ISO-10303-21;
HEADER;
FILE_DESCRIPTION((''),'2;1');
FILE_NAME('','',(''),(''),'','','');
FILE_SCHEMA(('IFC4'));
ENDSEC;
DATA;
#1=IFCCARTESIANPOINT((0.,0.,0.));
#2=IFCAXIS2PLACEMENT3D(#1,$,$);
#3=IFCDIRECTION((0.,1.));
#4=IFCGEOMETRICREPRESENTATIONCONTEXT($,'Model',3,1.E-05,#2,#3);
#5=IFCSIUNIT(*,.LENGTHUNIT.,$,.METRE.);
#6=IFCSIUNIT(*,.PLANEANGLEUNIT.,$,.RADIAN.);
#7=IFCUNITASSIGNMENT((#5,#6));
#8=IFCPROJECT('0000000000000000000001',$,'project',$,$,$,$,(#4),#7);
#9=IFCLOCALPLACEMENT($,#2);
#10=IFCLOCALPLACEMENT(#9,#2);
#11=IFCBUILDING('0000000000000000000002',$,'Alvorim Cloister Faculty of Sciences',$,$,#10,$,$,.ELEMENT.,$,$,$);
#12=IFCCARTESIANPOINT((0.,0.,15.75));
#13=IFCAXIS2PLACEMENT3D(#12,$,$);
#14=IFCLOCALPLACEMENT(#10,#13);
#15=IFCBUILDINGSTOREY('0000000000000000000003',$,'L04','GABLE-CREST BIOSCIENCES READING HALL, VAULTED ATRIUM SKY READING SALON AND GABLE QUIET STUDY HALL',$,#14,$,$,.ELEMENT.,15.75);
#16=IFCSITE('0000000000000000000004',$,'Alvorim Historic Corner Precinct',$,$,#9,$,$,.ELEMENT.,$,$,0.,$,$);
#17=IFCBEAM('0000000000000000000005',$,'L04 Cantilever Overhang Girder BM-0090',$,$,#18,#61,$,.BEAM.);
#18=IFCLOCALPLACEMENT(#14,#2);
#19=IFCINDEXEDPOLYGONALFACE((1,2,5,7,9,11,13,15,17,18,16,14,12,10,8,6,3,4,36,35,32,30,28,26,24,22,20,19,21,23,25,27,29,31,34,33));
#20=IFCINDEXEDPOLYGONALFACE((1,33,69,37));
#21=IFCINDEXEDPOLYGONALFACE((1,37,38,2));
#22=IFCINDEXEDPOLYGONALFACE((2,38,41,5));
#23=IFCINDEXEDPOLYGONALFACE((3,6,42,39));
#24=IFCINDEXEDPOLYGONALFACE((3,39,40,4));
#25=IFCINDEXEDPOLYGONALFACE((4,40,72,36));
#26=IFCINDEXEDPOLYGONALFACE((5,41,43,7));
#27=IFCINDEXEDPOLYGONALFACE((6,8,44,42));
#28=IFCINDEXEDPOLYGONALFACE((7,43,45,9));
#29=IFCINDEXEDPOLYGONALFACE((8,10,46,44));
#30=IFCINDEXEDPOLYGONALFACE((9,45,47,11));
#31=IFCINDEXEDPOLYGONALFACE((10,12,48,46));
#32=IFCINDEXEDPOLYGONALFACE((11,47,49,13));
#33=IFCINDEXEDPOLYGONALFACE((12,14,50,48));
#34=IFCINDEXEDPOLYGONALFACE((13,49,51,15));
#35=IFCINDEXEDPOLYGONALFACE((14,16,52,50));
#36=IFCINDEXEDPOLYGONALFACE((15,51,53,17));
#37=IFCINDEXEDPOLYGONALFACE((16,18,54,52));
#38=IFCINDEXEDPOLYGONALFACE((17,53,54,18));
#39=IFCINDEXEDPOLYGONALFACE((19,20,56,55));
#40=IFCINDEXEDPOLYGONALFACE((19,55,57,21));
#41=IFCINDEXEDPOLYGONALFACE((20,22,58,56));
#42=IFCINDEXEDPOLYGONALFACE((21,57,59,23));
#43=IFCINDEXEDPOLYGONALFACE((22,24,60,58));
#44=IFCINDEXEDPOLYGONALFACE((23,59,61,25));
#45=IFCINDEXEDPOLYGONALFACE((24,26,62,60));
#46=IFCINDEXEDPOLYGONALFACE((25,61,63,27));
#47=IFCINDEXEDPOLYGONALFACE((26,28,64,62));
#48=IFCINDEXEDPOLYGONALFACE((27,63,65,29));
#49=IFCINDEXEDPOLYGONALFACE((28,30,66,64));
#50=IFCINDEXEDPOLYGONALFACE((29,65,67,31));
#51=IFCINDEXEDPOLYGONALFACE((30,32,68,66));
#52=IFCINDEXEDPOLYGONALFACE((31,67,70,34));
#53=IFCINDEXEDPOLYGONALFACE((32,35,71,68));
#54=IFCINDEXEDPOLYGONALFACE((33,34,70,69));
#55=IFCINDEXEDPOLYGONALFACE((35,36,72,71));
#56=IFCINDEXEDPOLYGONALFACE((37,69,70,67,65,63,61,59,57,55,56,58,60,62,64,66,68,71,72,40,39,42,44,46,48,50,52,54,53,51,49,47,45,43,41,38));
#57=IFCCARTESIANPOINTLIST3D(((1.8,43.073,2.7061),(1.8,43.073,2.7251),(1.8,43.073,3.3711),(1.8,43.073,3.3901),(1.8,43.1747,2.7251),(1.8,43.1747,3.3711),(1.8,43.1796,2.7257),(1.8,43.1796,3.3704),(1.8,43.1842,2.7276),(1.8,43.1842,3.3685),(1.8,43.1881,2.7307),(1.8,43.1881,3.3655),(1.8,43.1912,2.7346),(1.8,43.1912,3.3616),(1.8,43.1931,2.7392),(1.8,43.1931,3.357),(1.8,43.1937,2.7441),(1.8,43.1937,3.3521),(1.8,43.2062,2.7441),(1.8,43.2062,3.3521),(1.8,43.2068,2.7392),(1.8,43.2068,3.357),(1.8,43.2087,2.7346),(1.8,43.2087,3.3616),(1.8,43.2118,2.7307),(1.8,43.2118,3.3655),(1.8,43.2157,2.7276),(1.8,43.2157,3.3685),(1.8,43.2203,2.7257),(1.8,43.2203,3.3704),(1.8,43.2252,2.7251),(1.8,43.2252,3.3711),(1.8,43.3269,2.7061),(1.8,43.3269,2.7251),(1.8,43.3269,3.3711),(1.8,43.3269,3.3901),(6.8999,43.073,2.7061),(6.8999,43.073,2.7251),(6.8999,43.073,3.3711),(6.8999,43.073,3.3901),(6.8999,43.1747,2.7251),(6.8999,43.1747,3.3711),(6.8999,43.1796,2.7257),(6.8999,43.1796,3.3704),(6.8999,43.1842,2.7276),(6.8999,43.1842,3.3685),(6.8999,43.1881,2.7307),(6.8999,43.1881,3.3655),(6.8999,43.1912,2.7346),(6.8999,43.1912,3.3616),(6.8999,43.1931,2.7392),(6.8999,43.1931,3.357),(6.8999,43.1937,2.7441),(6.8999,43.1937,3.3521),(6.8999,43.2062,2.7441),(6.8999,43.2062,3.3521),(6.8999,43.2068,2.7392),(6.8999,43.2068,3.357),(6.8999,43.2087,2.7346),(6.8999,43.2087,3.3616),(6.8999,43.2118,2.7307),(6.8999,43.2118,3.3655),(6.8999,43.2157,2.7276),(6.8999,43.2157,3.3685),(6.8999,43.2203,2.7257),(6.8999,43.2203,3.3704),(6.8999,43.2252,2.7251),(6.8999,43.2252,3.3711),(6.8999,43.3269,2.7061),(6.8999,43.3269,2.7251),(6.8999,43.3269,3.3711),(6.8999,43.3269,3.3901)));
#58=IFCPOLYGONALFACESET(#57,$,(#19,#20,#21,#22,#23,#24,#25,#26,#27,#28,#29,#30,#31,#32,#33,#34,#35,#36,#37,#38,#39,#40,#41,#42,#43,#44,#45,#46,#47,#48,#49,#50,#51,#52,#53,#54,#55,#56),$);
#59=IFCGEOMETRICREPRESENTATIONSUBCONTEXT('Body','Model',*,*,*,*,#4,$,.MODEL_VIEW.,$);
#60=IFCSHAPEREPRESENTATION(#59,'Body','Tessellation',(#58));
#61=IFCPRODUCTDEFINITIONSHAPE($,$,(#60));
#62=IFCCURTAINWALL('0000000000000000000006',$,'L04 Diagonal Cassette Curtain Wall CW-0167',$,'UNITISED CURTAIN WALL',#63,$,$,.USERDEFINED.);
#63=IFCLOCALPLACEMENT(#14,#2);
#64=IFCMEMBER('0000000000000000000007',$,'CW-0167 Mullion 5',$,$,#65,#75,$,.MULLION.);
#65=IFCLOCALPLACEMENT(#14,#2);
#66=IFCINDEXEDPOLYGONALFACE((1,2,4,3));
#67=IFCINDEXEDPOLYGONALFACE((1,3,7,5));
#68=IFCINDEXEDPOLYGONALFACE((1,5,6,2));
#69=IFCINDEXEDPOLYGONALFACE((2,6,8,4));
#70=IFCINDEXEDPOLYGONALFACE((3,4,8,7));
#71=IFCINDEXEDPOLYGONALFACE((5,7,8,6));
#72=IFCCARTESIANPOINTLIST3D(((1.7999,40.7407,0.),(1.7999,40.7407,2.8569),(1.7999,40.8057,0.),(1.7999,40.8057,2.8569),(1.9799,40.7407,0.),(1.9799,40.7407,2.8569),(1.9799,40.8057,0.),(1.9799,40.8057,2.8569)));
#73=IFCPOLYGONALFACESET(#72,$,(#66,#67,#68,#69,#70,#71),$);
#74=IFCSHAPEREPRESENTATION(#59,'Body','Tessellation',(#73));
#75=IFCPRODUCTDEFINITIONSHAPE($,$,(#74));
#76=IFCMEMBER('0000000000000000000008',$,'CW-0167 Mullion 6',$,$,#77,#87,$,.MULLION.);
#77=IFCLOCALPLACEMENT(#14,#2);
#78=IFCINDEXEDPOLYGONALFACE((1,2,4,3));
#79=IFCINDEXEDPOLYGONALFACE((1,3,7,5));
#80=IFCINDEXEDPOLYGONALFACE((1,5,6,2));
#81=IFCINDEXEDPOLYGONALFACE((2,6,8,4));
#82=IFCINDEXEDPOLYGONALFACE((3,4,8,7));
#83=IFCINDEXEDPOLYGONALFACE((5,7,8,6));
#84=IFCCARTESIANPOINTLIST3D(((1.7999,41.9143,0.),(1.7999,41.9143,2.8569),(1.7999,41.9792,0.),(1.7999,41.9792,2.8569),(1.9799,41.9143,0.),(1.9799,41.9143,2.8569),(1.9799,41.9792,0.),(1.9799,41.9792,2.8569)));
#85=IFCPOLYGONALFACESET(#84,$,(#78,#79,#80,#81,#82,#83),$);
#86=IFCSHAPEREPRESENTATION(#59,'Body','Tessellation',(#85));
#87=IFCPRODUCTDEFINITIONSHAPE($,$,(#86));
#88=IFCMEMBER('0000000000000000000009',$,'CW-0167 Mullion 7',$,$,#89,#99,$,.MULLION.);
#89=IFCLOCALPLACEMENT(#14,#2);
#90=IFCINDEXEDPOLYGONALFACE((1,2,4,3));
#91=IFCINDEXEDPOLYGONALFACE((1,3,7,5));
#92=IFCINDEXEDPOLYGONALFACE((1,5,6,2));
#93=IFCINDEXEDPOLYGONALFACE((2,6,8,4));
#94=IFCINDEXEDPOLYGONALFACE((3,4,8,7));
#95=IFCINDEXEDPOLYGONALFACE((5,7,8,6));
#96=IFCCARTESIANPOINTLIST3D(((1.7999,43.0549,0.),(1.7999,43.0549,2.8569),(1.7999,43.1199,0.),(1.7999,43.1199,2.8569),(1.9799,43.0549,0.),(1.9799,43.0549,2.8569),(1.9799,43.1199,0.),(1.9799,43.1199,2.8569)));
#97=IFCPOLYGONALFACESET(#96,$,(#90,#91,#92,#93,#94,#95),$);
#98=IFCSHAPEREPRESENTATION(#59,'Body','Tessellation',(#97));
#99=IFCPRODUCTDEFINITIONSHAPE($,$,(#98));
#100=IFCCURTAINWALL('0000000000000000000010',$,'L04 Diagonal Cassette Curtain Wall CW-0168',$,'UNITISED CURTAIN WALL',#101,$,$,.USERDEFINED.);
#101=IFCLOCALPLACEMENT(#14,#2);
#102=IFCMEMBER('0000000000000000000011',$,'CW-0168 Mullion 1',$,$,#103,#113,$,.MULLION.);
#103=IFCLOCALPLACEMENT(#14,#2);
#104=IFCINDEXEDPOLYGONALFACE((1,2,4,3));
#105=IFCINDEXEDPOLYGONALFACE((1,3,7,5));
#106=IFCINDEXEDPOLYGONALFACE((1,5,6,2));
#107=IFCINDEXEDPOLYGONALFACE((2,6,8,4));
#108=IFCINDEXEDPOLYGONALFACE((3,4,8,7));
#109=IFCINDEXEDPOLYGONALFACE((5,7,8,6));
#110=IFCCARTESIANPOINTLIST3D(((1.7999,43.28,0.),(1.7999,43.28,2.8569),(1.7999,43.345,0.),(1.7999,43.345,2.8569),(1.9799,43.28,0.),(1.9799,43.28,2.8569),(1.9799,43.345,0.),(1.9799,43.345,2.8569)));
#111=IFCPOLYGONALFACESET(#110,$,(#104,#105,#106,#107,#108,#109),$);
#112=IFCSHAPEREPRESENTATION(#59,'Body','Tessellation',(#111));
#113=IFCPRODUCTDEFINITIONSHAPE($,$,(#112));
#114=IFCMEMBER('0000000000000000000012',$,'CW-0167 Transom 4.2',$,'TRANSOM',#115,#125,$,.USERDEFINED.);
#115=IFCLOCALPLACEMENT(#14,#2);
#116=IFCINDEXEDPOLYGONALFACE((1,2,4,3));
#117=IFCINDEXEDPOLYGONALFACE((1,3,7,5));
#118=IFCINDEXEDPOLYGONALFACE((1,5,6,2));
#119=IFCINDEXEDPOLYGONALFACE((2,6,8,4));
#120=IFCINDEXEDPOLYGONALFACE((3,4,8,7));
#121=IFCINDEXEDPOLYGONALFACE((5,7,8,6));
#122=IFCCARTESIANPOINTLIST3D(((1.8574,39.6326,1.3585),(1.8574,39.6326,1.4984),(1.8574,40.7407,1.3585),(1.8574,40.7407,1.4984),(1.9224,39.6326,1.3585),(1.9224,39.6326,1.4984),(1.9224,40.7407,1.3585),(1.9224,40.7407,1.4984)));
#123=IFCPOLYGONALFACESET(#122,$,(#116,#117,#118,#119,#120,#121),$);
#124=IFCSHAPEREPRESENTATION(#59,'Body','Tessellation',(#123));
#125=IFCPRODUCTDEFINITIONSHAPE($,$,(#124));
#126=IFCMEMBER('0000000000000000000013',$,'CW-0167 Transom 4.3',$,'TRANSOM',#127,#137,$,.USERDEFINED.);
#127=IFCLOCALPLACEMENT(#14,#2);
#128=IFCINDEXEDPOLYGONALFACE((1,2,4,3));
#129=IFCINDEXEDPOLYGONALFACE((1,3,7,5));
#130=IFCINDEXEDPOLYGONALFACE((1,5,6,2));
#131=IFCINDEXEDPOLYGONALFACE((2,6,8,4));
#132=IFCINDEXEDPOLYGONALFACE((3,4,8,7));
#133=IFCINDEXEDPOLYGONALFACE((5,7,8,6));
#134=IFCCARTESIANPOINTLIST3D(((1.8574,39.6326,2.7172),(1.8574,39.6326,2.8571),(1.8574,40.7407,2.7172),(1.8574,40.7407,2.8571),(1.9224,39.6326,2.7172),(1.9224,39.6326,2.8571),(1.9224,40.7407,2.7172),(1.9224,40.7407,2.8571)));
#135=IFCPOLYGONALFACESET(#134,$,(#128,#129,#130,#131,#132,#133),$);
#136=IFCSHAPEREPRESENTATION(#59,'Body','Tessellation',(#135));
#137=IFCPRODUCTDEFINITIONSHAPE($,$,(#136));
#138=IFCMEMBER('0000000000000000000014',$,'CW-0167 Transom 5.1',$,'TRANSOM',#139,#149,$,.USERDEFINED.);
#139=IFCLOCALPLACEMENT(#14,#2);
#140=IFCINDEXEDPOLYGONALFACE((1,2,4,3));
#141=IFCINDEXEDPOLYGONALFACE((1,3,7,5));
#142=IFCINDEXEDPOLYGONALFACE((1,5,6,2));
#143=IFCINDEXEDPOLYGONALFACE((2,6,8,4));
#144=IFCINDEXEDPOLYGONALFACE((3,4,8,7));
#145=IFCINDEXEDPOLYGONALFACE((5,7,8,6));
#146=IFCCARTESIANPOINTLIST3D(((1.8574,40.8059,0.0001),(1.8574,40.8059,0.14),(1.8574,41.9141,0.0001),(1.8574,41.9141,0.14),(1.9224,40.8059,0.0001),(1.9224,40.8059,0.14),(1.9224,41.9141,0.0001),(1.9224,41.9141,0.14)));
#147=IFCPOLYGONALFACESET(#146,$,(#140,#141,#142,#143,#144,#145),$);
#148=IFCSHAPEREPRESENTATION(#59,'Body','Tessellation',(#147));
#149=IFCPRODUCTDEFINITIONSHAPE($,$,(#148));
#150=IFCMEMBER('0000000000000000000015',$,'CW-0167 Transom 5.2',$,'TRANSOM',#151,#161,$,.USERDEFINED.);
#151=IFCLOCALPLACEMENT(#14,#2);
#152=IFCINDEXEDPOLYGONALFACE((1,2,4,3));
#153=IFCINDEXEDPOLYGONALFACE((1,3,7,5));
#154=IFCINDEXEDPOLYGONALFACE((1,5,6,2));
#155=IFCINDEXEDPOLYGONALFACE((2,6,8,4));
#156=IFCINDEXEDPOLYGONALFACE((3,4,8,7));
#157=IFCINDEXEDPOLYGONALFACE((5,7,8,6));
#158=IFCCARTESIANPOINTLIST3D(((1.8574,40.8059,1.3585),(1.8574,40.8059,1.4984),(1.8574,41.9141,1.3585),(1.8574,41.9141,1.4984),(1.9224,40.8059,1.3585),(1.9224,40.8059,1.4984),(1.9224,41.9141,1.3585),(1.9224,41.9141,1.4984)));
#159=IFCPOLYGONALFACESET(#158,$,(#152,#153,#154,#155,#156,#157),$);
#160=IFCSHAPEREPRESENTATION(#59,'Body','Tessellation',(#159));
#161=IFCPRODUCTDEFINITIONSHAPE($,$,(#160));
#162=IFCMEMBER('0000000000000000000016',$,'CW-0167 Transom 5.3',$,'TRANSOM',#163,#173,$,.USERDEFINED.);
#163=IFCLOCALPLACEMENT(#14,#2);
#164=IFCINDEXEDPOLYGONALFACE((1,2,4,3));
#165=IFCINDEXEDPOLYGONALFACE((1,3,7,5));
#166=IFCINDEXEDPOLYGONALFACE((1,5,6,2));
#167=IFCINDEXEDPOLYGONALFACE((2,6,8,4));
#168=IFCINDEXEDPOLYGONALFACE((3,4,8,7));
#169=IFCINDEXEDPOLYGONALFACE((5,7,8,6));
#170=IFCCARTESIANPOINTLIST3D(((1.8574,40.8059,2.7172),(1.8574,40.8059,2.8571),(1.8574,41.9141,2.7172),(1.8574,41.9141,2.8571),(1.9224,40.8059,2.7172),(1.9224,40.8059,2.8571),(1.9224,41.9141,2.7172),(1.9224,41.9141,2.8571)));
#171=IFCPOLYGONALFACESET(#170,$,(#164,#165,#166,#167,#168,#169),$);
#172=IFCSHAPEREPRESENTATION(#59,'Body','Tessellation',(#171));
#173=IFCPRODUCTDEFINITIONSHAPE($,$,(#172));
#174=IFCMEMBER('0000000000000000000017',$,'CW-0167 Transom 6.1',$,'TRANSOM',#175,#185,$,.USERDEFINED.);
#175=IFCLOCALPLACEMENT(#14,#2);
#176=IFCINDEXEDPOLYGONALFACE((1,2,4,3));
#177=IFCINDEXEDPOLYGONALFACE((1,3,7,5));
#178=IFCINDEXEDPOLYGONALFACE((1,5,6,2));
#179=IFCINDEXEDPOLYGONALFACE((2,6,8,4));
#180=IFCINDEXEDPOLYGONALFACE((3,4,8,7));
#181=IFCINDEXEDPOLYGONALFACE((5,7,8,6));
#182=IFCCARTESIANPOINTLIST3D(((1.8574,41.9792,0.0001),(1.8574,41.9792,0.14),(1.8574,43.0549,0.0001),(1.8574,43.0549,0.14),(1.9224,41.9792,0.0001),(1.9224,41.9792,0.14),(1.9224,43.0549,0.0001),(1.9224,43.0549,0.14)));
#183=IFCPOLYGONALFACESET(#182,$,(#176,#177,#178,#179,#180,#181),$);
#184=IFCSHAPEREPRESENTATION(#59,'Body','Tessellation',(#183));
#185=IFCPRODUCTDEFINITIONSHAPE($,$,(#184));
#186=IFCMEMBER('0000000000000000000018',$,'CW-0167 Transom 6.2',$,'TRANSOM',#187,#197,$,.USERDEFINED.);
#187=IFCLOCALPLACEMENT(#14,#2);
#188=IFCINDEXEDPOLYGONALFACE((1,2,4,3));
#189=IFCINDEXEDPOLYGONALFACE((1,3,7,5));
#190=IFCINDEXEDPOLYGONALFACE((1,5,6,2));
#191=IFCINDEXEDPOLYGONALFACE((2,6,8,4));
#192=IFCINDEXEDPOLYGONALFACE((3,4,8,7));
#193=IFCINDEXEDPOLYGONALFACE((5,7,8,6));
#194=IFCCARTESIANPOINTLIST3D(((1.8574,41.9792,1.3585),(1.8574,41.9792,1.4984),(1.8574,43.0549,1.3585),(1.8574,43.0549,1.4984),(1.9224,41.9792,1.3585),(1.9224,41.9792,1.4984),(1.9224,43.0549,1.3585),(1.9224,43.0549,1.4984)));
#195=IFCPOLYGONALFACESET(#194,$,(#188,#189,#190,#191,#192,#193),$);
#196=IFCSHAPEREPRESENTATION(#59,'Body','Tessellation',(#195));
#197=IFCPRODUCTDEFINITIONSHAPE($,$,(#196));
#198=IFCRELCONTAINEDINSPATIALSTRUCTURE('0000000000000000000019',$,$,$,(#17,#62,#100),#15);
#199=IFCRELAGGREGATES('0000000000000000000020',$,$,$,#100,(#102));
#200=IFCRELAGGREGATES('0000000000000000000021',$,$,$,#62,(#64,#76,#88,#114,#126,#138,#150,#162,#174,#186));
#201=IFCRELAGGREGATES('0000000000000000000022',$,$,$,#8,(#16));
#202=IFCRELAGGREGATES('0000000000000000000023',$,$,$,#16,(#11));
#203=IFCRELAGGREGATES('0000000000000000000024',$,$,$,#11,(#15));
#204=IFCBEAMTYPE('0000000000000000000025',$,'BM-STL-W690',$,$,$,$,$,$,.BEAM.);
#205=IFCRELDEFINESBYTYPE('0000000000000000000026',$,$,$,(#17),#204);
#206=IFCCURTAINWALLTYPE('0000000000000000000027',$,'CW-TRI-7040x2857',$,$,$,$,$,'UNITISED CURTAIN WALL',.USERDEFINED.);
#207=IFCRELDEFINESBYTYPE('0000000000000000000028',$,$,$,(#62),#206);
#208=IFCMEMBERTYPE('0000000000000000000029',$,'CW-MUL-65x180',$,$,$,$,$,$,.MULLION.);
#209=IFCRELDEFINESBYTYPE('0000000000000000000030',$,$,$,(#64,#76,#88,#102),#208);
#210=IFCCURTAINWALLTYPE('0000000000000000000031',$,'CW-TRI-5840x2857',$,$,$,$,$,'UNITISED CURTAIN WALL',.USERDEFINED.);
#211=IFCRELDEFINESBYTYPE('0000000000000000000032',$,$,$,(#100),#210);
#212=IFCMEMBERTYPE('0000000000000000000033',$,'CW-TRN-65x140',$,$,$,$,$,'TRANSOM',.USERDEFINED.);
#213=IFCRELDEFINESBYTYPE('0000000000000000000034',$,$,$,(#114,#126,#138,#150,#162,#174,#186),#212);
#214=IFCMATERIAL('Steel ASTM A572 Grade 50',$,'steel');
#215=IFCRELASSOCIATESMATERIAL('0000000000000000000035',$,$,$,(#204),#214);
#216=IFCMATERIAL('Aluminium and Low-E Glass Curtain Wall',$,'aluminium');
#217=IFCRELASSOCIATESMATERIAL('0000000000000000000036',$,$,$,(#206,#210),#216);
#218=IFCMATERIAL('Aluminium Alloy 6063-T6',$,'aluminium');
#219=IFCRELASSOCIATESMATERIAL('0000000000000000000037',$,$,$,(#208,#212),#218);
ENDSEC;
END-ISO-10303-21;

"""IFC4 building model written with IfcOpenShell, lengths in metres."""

from ifc_helpers import new_model, si_unit, direction, frame, origin, origin_2d, place, context, subcontext, project, spatial, rectangle, i_section, extrude, material, material_profile, profile_set, type_object, element, aggregate, save


model = new_model("IFC4")

# Units and contexts
model_context = context("Model", 3, precision=1e-05, world=origin(), true_north=direction((0.0, 1.0)))
body_context = subcontext(model_context, "Body", "Model", "MODEL_VIEW")
ifc_project = project(units=[si_unit("LENGTHUNIT", "METRE"), si_unit("PLANEANGLEUNIT", "RADIAN")], contexts=[model_context])

# Site, building, storey
site_placement = place(None, origin())
site = spatial("IfcSite", under=ifc_project, at=site_placement, Name="Alvorim Historic Corner Precinct", CompositionType="ELEMENT", RefElevation=0.0)
building_placement = place(site_placement, origin())
building = spatial("IfcBuilding", under=site, at=building_placement, Name="Alvorim Cloister Faculty of Sciences", CompositionType="ELEMENT")
storey_placement = place(building_placement, frame((0.0, 0.0, 15.75)))
storey = spatial("IfcBuildingStorey", under=building, at=storey_placement, Name="L04", Description="GABLE-CREST BIOSCIENCES READING HALL, VAULTED ATRIUM SKY READING SALON AND GABLE QUIET STUDY HALL", CompositionType="ELEMENT", Elevation=15.75)

# Beam
ifc_material_1 = material(Name="Steel ASTM A572 Grade 50", Category="steel")
ifc_material_profile_1 = material_profile(ifc_material_1, i_section(OverallWidth=0.2539, OverallDepth=0.6841, WebThickness=0.0125, FlangeThickness=0.019, FilletRadius=0.019, at=origin_2d()), Name="W690x140.0")
ifc_profile_set_1 = profile_set([ifc_material_profile_1], Name="Steel ASTM A572 Grade 50")
beam_type = type_object("IfcBeamType", Name="BM-STL-W690", PredefinedType="BEAM", material=ifc_profile_set_1)
beam_placement = place(storey_placement, frame((1.8, 43.2, 3.0481), z_axis=(1.0, 0.0, 0.0), x_axis=(0.0, 1.0, 0.0)))
element("IfcBeam", 1, at=beam_placement, inside=storey, type_object=beam_type, Name="L04 Cantilever Overhang Girder BM-0090", PredefinedType="BEAM", context=body_context, shape_type="SweptSolid", body=[
    extrude(i_section(OverallWidth=0.2539, OverallDepth=0.6841, WebThickness=0.0125, FlangeThickness=0.019, FilletRadius=0.019, at=origin_2d()), origin(), (0.0, 0.0, 1.0), 5.0999),
])

# Curtain wall, members
ifc_material_2 = material(Name="Aluminium and Low-E Glass Curtain Wall", Category="aluminium")
curtain_wall_type_1 = type_object("IfcCurtainWallType", Name="CW-TRI-7040x2857", ElementType="UNITISED CURTAIN WALL", PredefinedType="USERDEFINED", material=ifc_material_2)
curtain_wall_1_placement = place(storey_placement, origin())
curtain_wall_1 = element("IfcCurtainWall", 2, at=curtain_wall_1_placement, inside=storey, type_object=curtain_wall_type_1, Name="L04 Diagonal Cassette Curtain Wall CW-0167", ObjectType="UNITISED CURTAIN WALL", PredefinedType="USERDEFINED")
ifc_material_3 = material(Name="Aluminium Alloy 6063-T6", Category="aluminium")
ifc_material_profile_2 = material_profile(ifc_material_3, rectangle(XDim=0.0649, YDim=0.1799, at=origin_2d()), Name="ALU-MUL-65x180")
ifc_profile_set_2 = profile_set([ifc_material_profile_2], Name="Aluminium Alloy 6063-T6")
member_type_1 = type_object("IfcMemberType", Name="CW-MUL-65x180", PredefinedType="MULLION", material=ifc_profile_set_2)
member_1_placement = place(storey_placement, frame((1.8899, 40.7732, 0.0), z_axis=(0.0, 0.0, 1.0), x_axis=(0.0, 1.0, 0.0)))
member_1 = element("IfcMember", 3, at=member_1_placement, type_object=member_type_1, Name="CW-0167 Mullion 5", PredefinedType="MULLION", context=body_context, shape_type="SweptSolid", body=[
    extrude(rectangle(XDim=0.0649, YDim=0.1799, at=origin_2d()), origin(), (0.0, 0.0, 1.0), 2.8569),
])
member_2_placement = place(storey_placement, frame((1.8899, 41.9468, 0.0), z_axis=(0.0, 0.0, 1.0), x_axis=(0.0, 1.0, 0.0)))
member_2 = element("IfcMember", 4, at=member_2_placement, type_object=member_type_1, Name="CW-0167 Mullion 6", PredefinedType="MULLION", context=body_context, shape_type="SweptSolid", body=[
    extrude(rectangle(XDim=0.0649, YDim=0.1799, at=origin_2d()), origin(), (0.0, 0.0, 1.0), 2.8569),
])
member_3_placement = place(storey_placement, frame((1.8899, 43.0874, 0.0), z_axis=(0.0, 0.0, 1.0), x_axis=(0.0, 1.0, 0.0)))
member_3 = element("IfcMember", 5, at=member_3_placement, type_object=member_type_1, Name="CW-0167 Mullion 7", PredefinedType="MULLION", context=body_context, shape_type="SweptSolid", body=[
    extrude(rectangle(XDim=0.0649, YDim=0.1799, at=origin_2d()), origin(), (0.0, 0.0, 1.0), 2.8569),
])

# Curtain wall, member
curtain_wall_type_2 = type_object("IfcCurtainWallType", Name="CW-TRI-5840x2857", ElementType="UNITISED CURTAIN WALL", PredefinedType="USERDEFINED", material=ifc_material_2)
curtain_wall_2_placement = place(storey_placement, origin())
curtain_wall_2 = element("IfcCurtainWall", 6, at=curtain_wall_2_placement, inside=storey, type_object=curtain_wall_type_2, Name="L04 Diagonal Cassette Curtain Wall CW-0168", ObjectType="UNITISED CURTAIN WALL", PredefinedType="USERDEFINED")
member_4_placement = place(storey_placement, frame((1.8899, 43.3125, 0.0), z_axis=(0.0, 0.0, 1.0), x_axis=(0.0, 1.0, 0.0)))
member_4 = element("IfcMember", 7, at=member_4_placement, type_object=member_type_1, Name="CW-0168 Mullion 1", PredefinedType="MULLION", context=body_context, shape_type="SweptSolid", body=[
    extrude(rectangle(XDim=0.0649, YDim=0.1799, at=origin_2d()), origin(), (0.0, 0.0, 1.0), 2.8569),
])
aggregate(curtain_wall_2, [member_4])

# Members
ifc_material_profile_3 = material_profile(ifc_material_3, rectangle(XDim=0.0649, YDim=0.1399, at=origin_2d()), Name="ALU-TRN-65x140")
ifc_profile_set_3 = profile_set([ifc_material_profile_3], Name="Aluminium Alloy 6063-T6")
member_type_2 = type_object("IfcMemberType", Name="CW-TRN-65x140", ElementType="TRANSOM", PredefinedType="USERDEFINED", material=ifc_profile_set_3)
member_5_placement = place(storey_placement, frame((1.8899, 39.6326, 1.4285), z_axis=(0.0, 1.0, 0.0), x_axis=(-1.0, 0.0, 0.0)))
member_5 = element("IfcMember", 8, at=member_5_placement, type_object=member_type_2, Name="CW-0167 Transom 4.2", ObjectType="TRANSOM", PredefinedType="USERDEFINED", context=body_context, shape_type="SweptSolid", body=[
    extrude(rectangle(XDim=0.0649, YDim=0.1399, at=origin_2d()), origin(), (0.0, 0.0, 1.0), 1.1082),
])
member_6_placement = place(storey_placement, frame((1.8899, 39.6326, 2.7871), z_axis=(0.0, 1.0, 0.0), x_axis=(-1.0, 0.0, 0.0)))
member_6 = element("IfcMember", 9, at=member_6_placement, type_object=member_type_2, Name="CW-0167 Transom 4.3", ObjectType="TRANSOM", PredefinedType="USERDEFINED", context=body_context, shape_type="SweptSolid", body=[
    extrude(rectangle(XDim=0.0649, YDim=0.1399, at=origin_2d()), origin(), (0.0, 0.0, 1.0), 1.1082),
])
member_7_placement = place(storey_placement, frame((1.8899, 40.8059, 0.0701), z_axis=(0.0, 1.0, 0.0), x_axis=(-1.0, 0.0, 0.0)))
member_7 = element("IfcMember", 10, at=member_7_placement, type_object=member_type_2, Name="CW-0167 Transom 5.1", ObjectType="TRANSOM", PredefinedType="USERDEFINED", context=body_context, shape_type="SweptSolid", body=[
    extrude(rectangle(XDim=0.0649, YDim=0.1399, at=origin_2d()), origin(), (0.0, 0.0, 1.0), 1.1082),
])
member_8_placement = place(storey_placement, frame((1.8899, 40.8059, 1.4285), z_axis=(0.0, 1.0, 0.0), x_axis=(-1.0, 0.0, 0.0)))
member_8 = element("IfcMember", 11, at=member_8_placement, type_object=member_type_2, Name="CW-0167 Transom 5.2", ObjectType="TRANSOM", PredefinedType="USERDEFINED", context=body_context, shape_type="SweptSolid", body=[
    extrude(rectangle(XDim=0.0649, YDim=0.1399, at=origin_2d()), origin(), (0.0, 0.0, 1.0), 1.1082),
])
member_9_placement = place(storey_placement, frame((1.8899, 40.8059, 2.7871), z_axis=(0.0, 1.0, 0.0), x_axis=(-1.0, 0.0, 0.0)))
member_9 = element("IfcMember", 12, at=member_9_placement, type_object=member_type_2, Name="CW-0167 Transom 5.3", ObjectType="TRANSOM", PredefinedType="USERDEFINED", context=body_context, shape_type="SweptSolid", body=[
    extrude(rectangle(XDim=0.0649, YDim=0.1399, at=origin_2d()), origin(), (0.0, 0.0, 1.0), 1.1082),
])
member_10_placement = place(storey_placement, frame((1.8899, 41.9792, 0.0701), z_axis=(0.0, 1.0, 0.0), x_axis=(-1.0, 0.0, 0.0)))
member_10 = element("IfcMember", 13, at=member_10_placement, type_object=member_type_2, Name="CW-0167 Transom 6.1", ObjectType="TRANSOM", PredefinedType="USERDEFINED", context=body_context, shape_type="SweptSolid", body=[
    extrude(rectangle(XDim=0.0649, YDim=0.1399, at=origin_2d()), origin(), (0.0, 0.0, 1.0), 1.0757),
])
member_11_placement = place(storey_placement, frame((1.8899, 41.9792, 1.4285), z_axis=(0.0, 1.0, 0.0), x_axis=(-1.0, 0.0, 0.0)))
member_11 = element("IfcMember", 14, at=member_11_placement, type_object=member_type_2, Name="CW-0167 Transom 6.2", ObjectType="TRANSOM", PredefinedType="USERDEFINED", context=body_context, shape_type="SweptSolid", body=[
    extrude(rectangle(XDim=0.0649, YDim=0.1399, at=origin_2d()), origin(), (0.0, 0.0, 1.0), 1.0757),
])

aggregate(curtain_wall_1, [member_1, member_2, member_3, member_5, member_6, member_7, member_8, member_9, member_10, member_11])

save(model, "model.ifc")
